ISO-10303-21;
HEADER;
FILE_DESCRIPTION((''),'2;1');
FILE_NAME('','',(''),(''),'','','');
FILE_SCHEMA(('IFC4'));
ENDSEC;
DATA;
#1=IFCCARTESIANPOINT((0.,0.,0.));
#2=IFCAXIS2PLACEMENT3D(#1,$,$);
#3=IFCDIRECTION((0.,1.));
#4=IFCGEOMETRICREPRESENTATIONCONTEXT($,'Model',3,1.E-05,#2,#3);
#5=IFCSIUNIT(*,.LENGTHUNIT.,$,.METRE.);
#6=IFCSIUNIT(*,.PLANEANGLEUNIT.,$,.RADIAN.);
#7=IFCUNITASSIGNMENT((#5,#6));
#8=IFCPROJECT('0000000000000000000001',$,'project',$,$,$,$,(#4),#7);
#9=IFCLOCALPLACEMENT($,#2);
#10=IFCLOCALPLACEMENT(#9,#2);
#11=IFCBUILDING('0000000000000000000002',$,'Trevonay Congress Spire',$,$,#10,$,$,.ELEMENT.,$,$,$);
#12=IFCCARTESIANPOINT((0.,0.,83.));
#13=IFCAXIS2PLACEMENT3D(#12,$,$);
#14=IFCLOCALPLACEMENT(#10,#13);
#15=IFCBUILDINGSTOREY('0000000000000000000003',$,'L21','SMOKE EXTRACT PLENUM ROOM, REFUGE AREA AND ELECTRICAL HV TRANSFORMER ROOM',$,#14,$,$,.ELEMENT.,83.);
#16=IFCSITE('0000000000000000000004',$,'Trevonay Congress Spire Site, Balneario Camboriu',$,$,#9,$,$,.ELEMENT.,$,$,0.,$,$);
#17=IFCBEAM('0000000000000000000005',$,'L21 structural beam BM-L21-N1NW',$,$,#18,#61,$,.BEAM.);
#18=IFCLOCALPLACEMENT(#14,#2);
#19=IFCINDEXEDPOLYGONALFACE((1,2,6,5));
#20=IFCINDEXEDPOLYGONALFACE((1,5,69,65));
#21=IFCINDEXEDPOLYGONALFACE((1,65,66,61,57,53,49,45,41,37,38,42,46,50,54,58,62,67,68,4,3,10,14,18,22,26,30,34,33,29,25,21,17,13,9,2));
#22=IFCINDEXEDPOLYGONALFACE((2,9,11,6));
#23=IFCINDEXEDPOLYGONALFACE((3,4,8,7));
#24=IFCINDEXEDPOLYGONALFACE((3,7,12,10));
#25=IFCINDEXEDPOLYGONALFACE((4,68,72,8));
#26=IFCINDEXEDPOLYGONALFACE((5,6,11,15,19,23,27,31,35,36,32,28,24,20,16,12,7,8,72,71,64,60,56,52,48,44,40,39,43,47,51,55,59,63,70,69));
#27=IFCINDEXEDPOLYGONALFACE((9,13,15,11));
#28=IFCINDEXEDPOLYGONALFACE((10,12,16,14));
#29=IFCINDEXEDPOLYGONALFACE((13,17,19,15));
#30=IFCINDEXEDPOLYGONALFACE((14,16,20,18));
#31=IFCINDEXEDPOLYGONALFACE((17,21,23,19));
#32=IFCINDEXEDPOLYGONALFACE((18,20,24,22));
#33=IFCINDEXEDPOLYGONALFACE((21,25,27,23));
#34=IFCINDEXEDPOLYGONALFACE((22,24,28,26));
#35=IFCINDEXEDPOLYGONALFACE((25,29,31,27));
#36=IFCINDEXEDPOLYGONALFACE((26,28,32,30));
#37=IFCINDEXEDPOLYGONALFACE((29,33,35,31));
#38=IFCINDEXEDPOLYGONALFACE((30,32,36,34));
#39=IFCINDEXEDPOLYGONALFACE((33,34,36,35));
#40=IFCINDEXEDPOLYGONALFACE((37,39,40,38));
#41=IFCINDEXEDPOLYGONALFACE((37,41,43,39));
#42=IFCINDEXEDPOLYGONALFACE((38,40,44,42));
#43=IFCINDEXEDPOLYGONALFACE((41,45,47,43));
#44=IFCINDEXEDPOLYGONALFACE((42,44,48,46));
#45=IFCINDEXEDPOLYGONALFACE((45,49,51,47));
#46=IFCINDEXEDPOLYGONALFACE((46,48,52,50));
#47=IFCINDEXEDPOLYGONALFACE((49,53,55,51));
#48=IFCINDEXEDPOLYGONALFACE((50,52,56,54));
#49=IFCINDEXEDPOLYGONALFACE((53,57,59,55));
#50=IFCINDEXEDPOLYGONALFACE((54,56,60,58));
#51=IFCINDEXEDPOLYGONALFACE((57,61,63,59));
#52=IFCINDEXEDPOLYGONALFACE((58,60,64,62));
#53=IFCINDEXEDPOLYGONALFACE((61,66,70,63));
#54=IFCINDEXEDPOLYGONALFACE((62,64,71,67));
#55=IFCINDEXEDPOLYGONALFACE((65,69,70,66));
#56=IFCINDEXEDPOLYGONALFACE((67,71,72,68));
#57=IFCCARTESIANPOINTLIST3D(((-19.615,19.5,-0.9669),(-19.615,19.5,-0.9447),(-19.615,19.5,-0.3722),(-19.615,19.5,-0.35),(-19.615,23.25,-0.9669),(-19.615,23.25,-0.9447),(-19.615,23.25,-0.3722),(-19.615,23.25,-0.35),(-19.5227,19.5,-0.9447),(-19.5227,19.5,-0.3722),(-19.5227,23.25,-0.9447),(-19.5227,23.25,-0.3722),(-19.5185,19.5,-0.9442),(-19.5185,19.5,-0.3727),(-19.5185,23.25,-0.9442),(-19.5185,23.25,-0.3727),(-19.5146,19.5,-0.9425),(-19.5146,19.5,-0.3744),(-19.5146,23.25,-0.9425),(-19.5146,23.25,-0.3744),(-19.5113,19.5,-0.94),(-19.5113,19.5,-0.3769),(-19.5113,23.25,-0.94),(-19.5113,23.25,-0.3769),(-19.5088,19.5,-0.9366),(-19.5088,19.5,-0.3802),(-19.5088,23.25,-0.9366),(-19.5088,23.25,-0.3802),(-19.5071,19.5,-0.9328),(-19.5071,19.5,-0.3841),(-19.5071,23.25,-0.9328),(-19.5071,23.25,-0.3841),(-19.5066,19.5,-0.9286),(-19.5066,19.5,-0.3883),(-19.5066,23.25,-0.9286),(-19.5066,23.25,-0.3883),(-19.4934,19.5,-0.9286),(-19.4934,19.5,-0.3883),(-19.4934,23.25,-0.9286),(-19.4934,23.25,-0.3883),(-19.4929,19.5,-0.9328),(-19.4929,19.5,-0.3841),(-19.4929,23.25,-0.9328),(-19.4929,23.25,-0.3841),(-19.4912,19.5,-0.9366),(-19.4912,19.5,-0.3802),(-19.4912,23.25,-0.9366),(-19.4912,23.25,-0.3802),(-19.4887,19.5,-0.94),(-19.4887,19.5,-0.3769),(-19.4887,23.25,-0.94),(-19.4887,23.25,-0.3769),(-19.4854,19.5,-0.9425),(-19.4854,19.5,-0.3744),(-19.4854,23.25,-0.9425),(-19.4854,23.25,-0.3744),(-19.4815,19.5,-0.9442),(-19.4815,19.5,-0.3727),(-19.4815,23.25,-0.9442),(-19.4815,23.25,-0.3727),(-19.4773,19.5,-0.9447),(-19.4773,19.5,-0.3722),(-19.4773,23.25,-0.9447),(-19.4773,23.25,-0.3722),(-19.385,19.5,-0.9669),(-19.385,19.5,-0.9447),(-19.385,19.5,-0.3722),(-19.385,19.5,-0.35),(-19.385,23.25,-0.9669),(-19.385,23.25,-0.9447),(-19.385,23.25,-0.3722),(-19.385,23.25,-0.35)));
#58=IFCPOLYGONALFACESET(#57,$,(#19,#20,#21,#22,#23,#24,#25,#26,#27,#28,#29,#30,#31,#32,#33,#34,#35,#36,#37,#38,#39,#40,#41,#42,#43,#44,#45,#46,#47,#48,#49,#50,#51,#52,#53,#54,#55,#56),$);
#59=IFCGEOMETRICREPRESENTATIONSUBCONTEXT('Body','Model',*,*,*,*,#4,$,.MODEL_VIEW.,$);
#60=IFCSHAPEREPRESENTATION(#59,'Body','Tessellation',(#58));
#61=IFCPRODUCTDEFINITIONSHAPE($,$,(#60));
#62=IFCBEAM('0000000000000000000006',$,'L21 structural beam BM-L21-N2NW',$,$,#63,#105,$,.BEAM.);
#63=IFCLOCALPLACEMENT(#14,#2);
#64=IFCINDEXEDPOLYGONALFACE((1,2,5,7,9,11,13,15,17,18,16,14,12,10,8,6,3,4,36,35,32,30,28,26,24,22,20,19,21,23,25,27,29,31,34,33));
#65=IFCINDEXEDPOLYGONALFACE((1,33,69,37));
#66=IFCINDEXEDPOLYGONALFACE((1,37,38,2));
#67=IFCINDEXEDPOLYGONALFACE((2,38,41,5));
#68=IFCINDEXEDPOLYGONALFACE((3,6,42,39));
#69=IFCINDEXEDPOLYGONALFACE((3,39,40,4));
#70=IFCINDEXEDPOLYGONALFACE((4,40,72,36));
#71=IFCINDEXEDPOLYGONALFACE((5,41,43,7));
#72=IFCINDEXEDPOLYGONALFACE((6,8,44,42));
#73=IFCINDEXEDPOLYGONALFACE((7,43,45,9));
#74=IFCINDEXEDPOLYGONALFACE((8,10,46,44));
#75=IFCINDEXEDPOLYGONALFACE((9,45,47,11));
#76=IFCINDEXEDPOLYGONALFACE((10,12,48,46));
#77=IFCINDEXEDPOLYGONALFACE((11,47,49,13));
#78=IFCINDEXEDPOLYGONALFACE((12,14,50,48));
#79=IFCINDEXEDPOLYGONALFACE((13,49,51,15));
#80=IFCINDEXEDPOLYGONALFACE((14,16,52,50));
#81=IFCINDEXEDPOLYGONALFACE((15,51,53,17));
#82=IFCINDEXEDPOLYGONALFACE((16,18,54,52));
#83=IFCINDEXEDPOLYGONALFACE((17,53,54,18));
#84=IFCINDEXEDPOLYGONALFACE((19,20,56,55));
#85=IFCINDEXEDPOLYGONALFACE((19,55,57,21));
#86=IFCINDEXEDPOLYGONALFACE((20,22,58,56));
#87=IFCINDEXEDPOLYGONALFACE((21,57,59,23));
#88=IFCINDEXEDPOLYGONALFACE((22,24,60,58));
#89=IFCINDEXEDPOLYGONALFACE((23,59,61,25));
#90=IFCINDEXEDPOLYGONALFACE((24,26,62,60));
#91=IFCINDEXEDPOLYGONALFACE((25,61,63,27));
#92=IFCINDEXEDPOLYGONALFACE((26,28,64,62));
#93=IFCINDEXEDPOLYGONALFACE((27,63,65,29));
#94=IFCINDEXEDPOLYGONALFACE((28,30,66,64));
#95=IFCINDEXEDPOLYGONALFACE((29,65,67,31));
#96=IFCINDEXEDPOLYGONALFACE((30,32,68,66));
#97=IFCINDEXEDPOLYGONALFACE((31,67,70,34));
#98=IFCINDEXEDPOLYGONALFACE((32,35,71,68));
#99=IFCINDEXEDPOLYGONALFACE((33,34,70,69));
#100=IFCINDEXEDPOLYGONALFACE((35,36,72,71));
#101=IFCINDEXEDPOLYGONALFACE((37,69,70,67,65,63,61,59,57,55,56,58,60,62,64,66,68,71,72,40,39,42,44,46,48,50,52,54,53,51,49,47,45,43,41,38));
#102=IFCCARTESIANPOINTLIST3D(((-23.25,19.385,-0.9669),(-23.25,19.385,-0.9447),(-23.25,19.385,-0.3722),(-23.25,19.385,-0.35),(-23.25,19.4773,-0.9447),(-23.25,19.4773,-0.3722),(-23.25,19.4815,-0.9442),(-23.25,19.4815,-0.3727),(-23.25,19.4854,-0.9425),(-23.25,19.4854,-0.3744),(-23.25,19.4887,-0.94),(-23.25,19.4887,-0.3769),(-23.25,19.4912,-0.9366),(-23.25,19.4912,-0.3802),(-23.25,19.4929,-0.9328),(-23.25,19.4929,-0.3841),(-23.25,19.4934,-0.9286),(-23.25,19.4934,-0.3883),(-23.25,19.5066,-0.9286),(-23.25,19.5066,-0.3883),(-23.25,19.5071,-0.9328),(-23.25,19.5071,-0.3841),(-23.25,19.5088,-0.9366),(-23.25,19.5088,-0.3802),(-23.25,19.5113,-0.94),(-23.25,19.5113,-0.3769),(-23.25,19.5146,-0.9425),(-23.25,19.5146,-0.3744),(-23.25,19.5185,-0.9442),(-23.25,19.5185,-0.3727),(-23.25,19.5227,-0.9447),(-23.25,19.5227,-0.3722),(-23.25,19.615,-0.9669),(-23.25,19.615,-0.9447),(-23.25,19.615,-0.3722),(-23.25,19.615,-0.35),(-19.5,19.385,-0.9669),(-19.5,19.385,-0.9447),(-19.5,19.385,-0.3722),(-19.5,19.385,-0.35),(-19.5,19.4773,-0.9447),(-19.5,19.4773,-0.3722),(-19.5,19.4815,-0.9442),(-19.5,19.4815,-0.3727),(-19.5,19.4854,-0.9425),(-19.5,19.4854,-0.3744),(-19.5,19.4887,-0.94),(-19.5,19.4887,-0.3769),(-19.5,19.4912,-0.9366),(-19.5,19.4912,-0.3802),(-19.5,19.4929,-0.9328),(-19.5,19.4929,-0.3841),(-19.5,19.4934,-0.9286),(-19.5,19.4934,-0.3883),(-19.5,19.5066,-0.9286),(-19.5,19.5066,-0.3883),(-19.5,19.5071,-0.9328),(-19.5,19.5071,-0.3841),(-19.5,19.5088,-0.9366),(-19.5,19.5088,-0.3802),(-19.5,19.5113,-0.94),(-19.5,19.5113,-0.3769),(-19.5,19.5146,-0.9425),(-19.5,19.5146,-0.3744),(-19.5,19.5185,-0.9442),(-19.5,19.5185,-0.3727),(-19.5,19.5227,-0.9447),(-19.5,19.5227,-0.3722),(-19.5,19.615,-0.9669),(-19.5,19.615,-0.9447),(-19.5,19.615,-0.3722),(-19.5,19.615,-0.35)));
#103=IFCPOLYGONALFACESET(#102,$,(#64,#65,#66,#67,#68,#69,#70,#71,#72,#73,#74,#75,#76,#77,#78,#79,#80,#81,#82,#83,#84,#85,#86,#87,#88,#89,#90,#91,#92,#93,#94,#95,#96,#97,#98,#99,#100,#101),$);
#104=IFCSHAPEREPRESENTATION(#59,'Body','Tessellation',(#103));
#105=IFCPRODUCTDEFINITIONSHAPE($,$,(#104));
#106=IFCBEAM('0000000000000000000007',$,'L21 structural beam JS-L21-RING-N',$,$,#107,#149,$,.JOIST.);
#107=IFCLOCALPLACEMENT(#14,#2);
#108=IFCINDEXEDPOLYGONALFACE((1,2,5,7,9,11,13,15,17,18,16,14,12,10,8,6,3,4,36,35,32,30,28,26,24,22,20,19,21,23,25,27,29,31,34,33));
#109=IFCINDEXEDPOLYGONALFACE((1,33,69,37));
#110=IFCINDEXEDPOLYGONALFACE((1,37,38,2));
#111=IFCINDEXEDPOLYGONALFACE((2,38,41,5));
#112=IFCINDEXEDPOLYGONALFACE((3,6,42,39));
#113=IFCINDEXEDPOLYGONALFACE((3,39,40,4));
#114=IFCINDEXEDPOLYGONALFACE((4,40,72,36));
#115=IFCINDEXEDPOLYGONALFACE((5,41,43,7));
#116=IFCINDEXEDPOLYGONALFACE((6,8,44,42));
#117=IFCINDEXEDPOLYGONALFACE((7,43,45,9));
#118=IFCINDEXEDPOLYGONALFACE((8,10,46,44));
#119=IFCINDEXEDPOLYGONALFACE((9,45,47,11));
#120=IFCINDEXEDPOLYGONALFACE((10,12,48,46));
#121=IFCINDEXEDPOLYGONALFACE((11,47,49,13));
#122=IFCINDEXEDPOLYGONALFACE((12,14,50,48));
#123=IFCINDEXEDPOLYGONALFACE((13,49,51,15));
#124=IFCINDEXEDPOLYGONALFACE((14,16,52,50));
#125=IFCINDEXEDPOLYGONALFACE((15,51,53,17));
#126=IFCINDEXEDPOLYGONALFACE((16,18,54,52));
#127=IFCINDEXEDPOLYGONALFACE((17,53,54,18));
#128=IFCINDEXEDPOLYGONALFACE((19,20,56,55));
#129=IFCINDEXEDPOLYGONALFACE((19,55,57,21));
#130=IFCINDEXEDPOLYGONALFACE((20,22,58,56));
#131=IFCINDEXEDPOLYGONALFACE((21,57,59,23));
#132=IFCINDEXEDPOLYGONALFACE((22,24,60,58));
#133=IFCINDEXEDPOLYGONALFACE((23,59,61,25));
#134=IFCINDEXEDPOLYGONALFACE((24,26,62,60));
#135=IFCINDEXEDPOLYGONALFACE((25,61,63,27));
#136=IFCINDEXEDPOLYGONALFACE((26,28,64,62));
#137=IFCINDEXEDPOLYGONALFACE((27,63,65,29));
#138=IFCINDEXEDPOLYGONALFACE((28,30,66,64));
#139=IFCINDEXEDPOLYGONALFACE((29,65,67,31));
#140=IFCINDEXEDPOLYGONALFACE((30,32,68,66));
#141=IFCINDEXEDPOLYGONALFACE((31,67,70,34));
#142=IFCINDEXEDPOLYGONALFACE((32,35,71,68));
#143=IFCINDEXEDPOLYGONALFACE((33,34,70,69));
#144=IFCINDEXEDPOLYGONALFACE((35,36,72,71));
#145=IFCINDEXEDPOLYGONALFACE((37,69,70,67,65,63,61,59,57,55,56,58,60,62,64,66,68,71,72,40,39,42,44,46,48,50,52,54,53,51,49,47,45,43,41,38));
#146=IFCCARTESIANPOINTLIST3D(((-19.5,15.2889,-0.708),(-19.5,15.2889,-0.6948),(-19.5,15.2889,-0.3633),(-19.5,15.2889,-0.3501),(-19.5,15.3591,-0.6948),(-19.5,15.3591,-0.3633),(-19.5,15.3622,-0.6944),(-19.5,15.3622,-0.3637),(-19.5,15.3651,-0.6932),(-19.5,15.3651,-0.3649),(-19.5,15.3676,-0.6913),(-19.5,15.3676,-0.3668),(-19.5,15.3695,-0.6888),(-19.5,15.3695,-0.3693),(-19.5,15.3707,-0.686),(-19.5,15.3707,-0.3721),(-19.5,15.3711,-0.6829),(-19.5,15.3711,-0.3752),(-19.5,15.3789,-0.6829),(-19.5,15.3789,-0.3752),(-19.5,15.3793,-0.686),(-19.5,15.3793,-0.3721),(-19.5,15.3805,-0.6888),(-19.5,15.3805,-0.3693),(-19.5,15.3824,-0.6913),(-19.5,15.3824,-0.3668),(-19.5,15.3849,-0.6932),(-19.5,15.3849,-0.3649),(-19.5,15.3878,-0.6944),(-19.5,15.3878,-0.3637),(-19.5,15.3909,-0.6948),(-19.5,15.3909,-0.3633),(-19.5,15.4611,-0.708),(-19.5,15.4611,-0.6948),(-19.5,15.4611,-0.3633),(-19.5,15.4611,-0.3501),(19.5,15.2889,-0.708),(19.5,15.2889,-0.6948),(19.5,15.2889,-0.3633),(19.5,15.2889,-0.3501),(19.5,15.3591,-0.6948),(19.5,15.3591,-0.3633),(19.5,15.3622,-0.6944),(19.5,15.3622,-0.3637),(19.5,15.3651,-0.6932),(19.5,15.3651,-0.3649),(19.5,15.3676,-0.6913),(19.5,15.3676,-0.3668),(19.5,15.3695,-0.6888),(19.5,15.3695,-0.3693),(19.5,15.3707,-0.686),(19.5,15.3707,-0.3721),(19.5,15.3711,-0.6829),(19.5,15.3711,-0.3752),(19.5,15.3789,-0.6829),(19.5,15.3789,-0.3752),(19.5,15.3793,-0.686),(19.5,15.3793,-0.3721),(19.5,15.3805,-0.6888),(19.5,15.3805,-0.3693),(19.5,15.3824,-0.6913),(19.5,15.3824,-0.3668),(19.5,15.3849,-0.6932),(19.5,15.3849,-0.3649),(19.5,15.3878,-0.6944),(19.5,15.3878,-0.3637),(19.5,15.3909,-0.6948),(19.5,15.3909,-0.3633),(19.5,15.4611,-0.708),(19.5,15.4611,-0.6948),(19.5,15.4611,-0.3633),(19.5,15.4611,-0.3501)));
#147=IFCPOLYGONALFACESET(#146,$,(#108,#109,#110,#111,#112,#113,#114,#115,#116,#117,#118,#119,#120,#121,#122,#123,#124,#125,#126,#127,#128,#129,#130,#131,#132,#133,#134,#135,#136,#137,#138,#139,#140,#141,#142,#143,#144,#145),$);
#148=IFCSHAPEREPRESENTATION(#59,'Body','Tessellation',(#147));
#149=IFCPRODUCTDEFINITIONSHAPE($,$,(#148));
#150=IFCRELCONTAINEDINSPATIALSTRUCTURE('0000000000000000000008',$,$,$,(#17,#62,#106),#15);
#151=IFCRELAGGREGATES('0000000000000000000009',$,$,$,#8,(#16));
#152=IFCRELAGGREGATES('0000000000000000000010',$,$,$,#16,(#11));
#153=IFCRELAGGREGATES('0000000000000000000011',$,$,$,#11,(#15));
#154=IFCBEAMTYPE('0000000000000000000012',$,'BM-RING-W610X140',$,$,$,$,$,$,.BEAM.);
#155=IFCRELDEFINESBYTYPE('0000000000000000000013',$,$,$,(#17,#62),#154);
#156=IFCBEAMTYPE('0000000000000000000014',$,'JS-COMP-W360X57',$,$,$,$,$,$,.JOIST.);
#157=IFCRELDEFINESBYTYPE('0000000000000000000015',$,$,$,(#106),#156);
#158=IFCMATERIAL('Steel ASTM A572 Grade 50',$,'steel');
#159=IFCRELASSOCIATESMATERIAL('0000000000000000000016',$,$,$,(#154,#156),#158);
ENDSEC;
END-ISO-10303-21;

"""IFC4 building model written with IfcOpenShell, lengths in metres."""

from ifc_helpers import new_model, si_unit, direction, frame, origin, origin_2d, place, context, subcontext, project, spatial, i_section, extrude, material, material_profile, profile_set, type_object, element, save


model = new_model("IFC4")

# Units and contexts
model_context = context("Model", 3, precision=1e-05, world=origin(), true_north=direction((0.0, 1.0)))
body_context = subcontext(model_context, "Body", "Model", "MODEL_VIEW")
ifc_project = project(units=[si_unit("LENGTHUNIT", "METRE"), si_unit("PLANEANGLEUNIT", "RADIAN")], contexts=[model_context])

# Site, building, storey
site_placement = place(None, origin())
site = spatial("IfcSite", under=ifc_project, at=site_placement, Name="Trevonay Congress Spire Site, Balneario Camboriu", CompositionType="ELEMENT", RefElevation=0.0)
building_placement = place(site_placement, origin())
building = spatial("IfcBuilding", under=site, at=building_placement, Name="Trevonay Congress Spire", CompositionType="ELEMENT")
storey_placement = place(building_placement, frame((0.0, 0.0, 83.0)))
storey = spatial("IfcBuildingStorey", under=building, at=storey_placement, Name="L21", Description="SMOKE EXTRACT PLENUM ROOM, REFUGE AREA AND ELECTRICAL HV TRANSFORMER ROOM", CompositionType="ELEMENT", Elevation=83.0)

# Shared definitions
ifc_material_1 = material(Name="Steel ASTM A572 Grade 50", Category="steel")

# Beams
ifc_material_profile_1 = material_profile(ifc_material_1, i_section(OverallWidth=0.23, OverallDepth=0.6169, WebThickness=0.0132, FlangeThickness=0.0222, FilletRadius=0.0161, at=origin_2d()), Name="W610x140")
ifc_profile_set_1 = profile_set([ifc_material_profile_1], Name="Steel ASTM A572 Grade 50")
beam_type_1 = type_object("IfcBeamType", Name="BM-RING-W610X140", PredefinedType="BEAM", material=ifc_profile_set_1)
for number, where, z_axis, x_axis, name in (
    (1, (-19.5, 23.25, -0.6584), (0.0, -1.0, 0.0), (1.0, 0.0, 0.0), "L21 structural beam BM-L21-N1NW"),
    (2, (-23.25, 19.5, -0.6584), (1.0, 0.0, 0.0), (0.0, 1.0, 0.0), "L21 structural beam BM-L21-N2NW"),
):
    element("IfcBeam", number, at=place(storey_placement, frame(where, z_axis=z_axis, x_axis=x_axis)), inside=storey, type_object=beam_type_1, Name=name, PredefinedType="BEAM", context=body_context, shape_type="SweptSolid", body=[
        extrude(i_section(OverallWidth=0.23, OverallDepth=0.6169, WebThickness=0.0132, FlangeThickness=0.0222, FilletRadius=0.0161, at=origin_2d()), origin(), (0.0, 0.0, 1.0), 3.75),
    ])
ifc_material_profile_2 = material_profile(ifc_material_1, i_section(OverallWidth=0.1721, OverallDepth=0.3579, WebThickness=0.0078, FlangeThickness=0.0132, FilletRadius=0.012, at=origin_2d()), Name="W360x57.8")
ifc_profile_set_2 = profile_set([ifc_material_profile_2], Name="Steel ASTM A572 Grade 50")
beam_type_2 = type_object("IfcBeamType", Name="JS-COMP-W360X57", PredefinedType="JOIST", material=ifc_profile_set_2)
beam_placement = place(storey_placement, frame((-19.5, 15.375, -0.5291), z_axis=(1.0, 0.0, 0.0), x_axis=(0.0, 1.0, 0.0)))
element("IfcBeam", 3, at=beam_placement, inside=storey, type_object=beam_type_2, Name="L21 structural beam JS-L21-RING-N", PredefinedType="JOIST", context=body_context, shape_type="SweptSolid", body=[
    extrude(i_section(OverallWidth=0.1721, OverallDepth=0.3579, WebThickness=0.0078, FlangeThickness=0.0132, FilletRadius=0.012, at=origin_2d()), origin(), (0.0, 0.0, 1.0), 39.0),
])

save(model, "model.ifc")
